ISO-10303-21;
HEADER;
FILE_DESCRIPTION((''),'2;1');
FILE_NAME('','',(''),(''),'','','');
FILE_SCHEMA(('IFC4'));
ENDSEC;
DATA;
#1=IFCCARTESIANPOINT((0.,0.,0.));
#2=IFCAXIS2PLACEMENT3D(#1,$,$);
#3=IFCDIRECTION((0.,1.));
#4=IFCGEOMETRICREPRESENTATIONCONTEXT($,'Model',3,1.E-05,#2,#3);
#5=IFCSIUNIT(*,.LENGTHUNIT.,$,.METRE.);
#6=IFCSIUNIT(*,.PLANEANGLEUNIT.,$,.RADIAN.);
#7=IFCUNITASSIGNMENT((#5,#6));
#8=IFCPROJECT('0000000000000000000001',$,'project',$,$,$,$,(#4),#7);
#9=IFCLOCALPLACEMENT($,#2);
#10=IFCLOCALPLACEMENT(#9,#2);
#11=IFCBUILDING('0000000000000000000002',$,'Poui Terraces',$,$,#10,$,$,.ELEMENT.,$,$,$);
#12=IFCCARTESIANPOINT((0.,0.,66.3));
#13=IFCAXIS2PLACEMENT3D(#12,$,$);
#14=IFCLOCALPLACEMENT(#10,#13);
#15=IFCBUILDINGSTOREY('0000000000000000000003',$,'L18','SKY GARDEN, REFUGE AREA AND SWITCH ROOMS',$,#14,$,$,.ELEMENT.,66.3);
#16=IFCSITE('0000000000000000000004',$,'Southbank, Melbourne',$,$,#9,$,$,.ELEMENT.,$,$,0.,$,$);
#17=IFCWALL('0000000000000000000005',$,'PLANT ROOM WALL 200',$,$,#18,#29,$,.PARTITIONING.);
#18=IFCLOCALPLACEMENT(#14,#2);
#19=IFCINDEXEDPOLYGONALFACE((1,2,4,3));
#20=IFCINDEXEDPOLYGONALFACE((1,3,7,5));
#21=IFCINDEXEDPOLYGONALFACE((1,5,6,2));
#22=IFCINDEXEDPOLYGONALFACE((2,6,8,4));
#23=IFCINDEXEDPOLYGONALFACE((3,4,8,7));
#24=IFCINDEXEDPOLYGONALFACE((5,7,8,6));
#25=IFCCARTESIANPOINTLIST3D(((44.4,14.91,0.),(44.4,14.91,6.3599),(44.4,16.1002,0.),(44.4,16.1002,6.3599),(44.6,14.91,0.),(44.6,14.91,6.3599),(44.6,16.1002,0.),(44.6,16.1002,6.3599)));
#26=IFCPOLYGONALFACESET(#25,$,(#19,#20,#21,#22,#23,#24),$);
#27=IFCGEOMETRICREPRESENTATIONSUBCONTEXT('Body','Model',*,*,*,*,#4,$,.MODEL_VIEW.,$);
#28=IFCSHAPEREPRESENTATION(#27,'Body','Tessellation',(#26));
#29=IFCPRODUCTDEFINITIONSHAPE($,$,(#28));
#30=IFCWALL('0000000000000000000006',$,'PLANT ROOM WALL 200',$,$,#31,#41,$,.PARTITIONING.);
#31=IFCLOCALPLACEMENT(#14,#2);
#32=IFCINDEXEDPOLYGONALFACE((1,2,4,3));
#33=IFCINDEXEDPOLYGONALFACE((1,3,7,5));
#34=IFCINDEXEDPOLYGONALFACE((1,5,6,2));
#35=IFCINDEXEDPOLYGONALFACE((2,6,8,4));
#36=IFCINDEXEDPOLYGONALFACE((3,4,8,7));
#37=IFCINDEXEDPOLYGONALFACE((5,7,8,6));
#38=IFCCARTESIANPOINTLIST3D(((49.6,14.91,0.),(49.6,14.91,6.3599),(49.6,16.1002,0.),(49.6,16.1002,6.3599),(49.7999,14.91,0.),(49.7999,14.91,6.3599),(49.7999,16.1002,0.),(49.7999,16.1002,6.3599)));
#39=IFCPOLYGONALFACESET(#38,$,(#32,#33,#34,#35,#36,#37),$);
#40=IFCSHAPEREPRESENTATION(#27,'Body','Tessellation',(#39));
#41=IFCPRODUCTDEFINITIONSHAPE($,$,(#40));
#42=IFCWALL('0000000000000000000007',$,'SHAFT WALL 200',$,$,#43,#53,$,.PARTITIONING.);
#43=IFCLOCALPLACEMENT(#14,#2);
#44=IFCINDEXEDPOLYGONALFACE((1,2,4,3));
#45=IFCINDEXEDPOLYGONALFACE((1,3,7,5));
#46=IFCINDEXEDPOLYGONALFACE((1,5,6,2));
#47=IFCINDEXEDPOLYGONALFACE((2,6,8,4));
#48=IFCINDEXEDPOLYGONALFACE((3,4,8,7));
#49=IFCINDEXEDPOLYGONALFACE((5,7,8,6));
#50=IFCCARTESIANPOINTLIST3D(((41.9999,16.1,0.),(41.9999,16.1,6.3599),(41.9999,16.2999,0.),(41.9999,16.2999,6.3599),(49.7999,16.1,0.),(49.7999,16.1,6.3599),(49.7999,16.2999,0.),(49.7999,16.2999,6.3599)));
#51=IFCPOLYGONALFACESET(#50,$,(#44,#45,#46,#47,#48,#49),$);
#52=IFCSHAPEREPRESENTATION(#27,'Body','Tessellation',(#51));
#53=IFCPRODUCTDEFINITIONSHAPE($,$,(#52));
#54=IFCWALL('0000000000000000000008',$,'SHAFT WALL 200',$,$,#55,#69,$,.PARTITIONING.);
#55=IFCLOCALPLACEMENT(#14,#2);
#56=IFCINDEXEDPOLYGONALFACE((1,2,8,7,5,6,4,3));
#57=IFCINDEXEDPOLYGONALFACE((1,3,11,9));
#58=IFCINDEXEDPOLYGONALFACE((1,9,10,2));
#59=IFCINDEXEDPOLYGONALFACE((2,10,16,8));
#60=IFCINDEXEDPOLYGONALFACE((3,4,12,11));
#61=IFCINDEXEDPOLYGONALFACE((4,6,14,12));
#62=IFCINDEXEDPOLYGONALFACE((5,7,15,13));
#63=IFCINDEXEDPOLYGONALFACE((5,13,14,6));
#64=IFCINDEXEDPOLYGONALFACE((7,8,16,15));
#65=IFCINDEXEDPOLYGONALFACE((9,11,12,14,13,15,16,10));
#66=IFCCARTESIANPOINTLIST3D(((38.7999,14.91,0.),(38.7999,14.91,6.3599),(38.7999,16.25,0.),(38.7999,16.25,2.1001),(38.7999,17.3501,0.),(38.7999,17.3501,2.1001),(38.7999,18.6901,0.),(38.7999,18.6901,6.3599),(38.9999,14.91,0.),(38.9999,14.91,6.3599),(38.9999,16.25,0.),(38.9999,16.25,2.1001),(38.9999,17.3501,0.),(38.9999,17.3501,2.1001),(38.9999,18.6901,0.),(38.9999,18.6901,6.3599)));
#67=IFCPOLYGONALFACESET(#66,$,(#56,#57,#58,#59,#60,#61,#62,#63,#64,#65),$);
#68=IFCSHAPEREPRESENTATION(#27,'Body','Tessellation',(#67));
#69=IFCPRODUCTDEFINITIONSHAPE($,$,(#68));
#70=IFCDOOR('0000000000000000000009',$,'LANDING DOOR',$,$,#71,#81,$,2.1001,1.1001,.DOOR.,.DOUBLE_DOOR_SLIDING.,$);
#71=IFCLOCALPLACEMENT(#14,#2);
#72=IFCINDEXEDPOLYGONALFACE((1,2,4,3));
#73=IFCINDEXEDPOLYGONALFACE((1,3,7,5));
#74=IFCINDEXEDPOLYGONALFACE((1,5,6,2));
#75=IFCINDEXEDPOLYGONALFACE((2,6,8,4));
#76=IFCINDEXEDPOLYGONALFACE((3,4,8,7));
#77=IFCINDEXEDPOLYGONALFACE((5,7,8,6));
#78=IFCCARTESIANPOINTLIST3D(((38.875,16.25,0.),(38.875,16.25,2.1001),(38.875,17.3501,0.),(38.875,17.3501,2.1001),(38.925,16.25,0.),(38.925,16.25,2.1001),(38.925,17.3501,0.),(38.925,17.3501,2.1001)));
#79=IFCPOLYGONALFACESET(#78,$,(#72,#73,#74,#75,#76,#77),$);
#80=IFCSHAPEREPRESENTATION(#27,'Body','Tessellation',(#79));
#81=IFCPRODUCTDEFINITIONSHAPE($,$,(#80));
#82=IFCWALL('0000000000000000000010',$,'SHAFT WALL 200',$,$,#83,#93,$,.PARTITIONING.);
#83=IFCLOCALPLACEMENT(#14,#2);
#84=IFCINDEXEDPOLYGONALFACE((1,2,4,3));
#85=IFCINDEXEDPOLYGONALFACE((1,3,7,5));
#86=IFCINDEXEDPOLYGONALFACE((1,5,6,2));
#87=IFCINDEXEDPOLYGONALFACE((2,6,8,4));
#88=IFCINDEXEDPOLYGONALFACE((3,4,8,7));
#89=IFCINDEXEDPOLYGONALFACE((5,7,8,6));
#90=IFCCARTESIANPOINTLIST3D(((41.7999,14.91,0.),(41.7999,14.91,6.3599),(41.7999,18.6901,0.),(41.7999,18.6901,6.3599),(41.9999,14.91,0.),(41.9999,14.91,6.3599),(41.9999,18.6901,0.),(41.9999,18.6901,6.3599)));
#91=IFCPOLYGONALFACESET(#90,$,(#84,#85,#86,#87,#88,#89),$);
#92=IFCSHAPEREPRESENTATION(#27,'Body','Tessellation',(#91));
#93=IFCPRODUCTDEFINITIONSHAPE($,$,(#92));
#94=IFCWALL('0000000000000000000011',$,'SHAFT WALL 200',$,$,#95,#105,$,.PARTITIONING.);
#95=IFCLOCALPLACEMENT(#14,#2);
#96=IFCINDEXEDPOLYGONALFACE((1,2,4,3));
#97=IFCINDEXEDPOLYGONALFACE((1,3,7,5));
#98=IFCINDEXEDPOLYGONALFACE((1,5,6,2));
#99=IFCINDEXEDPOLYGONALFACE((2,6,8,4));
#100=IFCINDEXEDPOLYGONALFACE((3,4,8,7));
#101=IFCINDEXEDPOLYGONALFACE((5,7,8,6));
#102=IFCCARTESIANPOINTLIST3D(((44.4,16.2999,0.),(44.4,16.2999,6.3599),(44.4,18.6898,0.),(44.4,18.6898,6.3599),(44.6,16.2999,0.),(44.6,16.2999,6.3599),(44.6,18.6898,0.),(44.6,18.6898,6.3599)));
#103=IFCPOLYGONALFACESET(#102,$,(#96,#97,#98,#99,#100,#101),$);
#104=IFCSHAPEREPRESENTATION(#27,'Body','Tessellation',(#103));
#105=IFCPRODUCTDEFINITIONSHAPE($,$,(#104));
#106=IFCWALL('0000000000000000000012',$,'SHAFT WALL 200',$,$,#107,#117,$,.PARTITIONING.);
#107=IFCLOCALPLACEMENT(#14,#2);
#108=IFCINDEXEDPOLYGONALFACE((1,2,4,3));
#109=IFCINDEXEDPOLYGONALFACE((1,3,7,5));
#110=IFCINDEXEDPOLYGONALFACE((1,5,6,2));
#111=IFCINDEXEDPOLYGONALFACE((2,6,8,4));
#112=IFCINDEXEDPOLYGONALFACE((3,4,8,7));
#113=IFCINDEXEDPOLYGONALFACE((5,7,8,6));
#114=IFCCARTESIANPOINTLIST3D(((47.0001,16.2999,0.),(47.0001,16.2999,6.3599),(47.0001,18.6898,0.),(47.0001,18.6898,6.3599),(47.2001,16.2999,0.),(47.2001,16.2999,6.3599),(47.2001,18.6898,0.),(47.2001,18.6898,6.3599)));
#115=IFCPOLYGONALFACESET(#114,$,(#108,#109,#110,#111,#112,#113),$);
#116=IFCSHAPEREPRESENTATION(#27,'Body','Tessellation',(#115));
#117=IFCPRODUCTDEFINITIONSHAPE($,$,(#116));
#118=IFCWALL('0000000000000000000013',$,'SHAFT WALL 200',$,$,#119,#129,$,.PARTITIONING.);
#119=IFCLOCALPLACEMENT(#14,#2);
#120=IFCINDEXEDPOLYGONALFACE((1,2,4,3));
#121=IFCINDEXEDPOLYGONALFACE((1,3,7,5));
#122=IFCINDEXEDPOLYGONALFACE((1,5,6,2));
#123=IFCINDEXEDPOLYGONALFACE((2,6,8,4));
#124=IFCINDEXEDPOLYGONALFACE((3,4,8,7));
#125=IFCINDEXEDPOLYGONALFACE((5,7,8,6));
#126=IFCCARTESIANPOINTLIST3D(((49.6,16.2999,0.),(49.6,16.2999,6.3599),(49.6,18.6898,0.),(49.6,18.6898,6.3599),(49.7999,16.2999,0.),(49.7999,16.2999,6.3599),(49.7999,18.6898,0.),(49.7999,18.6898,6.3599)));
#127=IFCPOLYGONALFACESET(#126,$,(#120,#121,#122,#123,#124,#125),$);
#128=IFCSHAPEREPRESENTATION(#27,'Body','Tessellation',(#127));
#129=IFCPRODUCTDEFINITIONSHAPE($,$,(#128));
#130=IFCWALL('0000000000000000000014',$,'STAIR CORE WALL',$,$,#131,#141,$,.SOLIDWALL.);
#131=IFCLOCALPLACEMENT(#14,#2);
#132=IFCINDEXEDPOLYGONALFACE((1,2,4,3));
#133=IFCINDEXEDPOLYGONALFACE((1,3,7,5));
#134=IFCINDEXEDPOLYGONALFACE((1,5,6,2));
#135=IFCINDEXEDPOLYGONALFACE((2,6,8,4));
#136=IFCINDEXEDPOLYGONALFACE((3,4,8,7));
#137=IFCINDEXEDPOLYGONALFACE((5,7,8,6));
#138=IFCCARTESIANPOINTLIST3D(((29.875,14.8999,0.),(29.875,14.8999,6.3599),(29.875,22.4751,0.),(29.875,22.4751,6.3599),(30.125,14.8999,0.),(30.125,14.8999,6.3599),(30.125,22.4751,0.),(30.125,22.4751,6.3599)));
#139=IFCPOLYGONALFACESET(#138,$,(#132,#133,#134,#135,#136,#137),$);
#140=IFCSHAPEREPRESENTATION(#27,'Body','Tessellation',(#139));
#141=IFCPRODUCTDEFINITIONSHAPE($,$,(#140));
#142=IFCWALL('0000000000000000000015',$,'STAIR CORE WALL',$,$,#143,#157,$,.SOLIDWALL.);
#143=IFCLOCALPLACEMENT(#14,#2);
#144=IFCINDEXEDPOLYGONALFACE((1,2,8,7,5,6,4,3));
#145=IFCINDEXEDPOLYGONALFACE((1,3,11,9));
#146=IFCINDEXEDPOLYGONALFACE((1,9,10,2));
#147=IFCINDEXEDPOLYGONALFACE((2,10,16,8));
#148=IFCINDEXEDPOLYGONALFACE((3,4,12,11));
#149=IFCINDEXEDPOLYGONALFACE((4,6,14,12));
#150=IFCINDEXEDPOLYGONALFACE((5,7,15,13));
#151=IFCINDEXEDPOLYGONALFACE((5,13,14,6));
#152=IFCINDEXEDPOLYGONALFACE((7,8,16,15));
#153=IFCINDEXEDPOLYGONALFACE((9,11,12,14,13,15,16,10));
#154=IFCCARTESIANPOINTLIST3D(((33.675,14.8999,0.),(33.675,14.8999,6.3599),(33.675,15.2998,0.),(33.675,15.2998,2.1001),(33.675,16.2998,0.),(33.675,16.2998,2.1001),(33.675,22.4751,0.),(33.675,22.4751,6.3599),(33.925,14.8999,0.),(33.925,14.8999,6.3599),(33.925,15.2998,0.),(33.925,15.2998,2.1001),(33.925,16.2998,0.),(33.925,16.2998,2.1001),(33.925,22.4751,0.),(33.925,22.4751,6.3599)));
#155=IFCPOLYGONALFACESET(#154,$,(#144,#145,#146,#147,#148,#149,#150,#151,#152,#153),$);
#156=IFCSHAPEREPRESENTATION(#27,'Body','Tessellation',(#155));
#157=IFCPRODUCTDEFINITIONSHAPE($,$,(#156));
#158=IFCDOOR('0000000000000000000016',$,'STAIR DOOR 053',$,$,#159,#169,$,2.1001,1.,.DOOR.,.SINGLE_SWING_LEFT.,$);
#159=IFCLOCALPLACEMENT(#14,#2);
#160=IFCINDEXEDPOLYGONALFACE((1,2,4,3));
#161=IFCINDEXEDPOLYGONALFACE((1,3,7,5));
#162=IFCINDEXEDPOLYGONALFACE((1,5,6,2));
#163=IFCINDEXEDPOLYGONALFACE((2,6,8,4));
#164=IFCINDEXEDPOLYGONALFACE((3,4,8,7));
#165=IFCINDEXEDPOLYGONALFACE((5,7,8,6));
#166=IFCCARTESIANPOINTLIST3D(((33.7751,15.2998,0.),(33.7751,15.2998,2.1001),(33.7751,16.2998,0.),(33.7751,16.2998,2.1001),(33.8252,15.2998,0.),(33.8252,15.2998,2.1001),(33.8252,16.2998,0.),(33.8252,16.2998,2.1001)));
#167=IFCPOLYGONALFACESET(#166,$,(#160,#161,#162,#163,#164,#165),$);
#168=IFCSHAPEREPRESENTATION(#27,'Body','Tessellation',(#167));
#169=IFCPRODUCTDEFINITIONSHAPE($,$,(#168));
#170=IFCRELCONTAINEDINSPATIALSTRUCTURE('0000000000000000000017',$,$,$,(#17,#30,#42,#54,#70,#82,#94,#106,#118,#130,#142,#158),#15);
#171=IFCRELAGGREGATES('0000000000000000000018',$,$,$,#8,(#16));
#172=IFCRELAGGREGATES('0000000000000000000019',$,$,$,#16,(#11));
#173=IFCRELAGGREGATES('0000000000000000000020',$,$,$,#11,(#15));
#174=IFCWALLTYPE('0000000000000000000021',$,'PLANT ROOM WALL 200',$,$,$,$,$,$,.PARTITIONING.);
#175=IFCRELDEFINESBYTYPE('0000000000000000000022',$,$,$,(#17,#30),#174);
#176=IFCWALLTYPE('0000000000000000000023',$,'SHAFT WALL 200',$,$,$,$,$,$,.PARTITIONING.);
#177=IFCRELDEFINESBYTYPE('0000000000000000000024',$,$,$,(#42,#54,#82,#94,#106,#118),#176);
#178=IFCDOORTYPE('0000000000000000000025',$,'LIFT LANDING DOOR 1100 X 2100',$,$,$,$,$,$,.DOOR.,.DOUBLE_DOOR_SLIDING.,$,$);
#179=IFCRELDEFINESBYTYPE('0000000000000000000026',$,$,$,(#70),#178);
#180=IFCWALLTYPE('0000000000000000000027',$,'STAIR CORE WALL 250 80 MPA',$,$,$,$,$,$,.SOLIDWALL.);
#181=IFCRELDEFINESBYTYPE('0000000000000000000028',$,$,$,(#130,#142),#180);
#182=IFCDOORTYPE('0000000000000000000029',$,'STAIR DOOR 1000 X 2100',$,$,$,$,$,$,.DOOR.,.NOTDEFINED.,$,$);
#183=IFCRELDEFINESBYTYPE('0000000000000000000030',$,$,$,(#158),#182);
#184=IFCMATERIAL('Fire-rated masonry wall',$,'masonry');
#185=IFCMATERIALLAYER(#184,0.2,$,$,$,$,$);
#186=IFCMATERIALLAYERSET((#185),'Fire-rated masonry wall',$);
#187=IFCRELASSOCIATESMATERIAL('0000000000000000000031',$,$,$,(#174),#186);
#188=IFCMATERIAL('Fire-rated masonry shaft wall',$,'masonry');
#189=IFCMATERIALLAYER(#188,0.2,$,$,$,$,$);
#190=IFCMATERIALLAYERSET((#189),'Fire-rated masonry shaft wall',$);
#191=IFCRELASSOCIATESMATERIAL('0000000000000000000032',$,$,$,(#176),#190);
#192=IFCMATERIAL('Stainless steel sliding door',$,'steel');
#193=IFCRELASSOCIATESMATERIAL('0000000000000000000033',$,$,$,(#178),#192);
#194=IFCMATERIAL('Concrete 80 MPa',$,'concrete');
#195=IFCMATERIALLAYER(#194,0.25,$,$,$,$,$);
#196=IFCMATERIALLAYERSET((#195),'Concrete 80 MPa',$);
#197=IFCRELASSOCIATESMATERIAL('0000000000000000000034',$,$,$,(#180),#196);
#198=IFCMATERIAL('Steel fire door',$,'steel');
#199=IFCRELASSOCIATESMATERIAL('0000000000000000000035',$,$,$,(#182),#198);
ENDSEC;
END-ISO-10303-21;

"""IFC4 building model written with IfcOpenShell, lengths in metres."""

from ifc_helpers import new_model, si_unit, direction, frame, frame_2d, origin, place, context, subcontext, project, spatial, rectangle, extrude, material, layer, layer_set, type_object, element, fill, save


model = new_model("IFC4")

# Units and contexts
model_context = context("Model", 3, precision=1e-05, world=origin(), true_north=direction((0.0, 1.0)))
body_context = subcontext(model_context, "Body", "Model", "MODEL_VIEW")
ifc_project = project(units=[si_unit("LENGTHUNIT", "METRE"), si_unit("PLANEANGLEUNIT", "RADIAN")], contexts=[model_context])

# Site, building, storey
site_placement = place(None, origin())
site = spatial("IfcSite", under=ifc_project, at=site_placement, Name="Southbank, Melbourne", CompositionType="ELEMENT", RefElevation=0.0)
building_placement = place(site_placement, origin())
building = spatial("IfcBuilding", under=site, at=building_placement, Name="Poui Terraces", CompositionType="ELEMENT")
storey_placement = place(building_placement, frame((0.0, 0.0, 66.3)))
storey = spatial("IfcBuildingStorey", under=building, at=storey_placement, Name="L18", Description="SKY GARDEN, REFUGE AREA AND SWITCH ROOMS", CompositionType="ELEMENT", Elevation=66.3)

# Shared definitions
ifc_material_1 = material(Name="Concrete 80 MPa", Category="concrete")
ifc_material_2 = material(Name="Steel fire door", Category="steel")

# Walls
ifc_material_3 = material(Name="Fire-rated masonry wall", Category="masonry")
ifc_layer_1 = layer(ifc_material_3, 0.2)
ifc_layer_set_1 = layer_set([ifc_layer_1], Name="Fire-rated masonry wall")
wall_type_1 = type_object("IfcWallType", Name="PLANT ROOM WALL 200", PredefinedType="PARTITIONING", material=ifc_layer_set_1)
for number, where, z_axis, x_axis, name in (
    (1, (44.5, 14.9099, 0.0), (0.0, 0.0, 1.0), (0.0, 1.0, 0.0), "PLANT ROOM WALL 200"),
    (2, (49.7, 14.9099, 0.0), (0.0, 0.0, 1.0), (0.0, 1.0, 0.0), "PLANT ROOM WALL 200"),
):
    element("IfcWall", number, at=place(storey_placement, frame(where, z_axis=z_axis, x_axis=x_axis)), inside=storey, type_object=wall_type_1, Name=name, PredefinedType="PARTITIONING", context=body_context, shape_type="SweptSolid", body=[
        extrude(rectangle(XDim=1.1902, YDim=0.2, at=frame_2d((0.5952, 0.0))), origin(), (0.0, 0.0, 1.0), 6.3599),
    ])
ifc_material_4 = material(Name="Fire-rated masonry shaft wall", Category="masonry")
ifc_layer_2 = layer(ifc_material_4, 0.2)
ifc_layer_set_2 = layer_set([ifc_layer_2], Name="Fire-rated masonry shaft wall")
wall_type_2 = type_object("IfcWallType", Name="SHAFT WALL 200", PredefinedType="PARTITIONING", material=ifc_layer_set_2)
wall_1_placement = place(storey_placement, frame((42.0, 16.2, 0.0), z_axis=(0.0, 0.0, 1.0), x_axis=(1.0, 0.0, 0.0)))
element("IfcWall", 3, at=wall_1_placement, inside=storey, type_object=wall_type_2, Name="SHAFT WALL 200", PredefinedType="PARTITIONING", context=body_context, shape_type="SweptSolid", body=[
    extrude(rectangle(XDim=7.8, YDim=0.2, at=frame_2d((3.8999, 0.0))), origin(), (0.0, 0.0, 1.0), 6.3599),
])

# Wall, opening, door
wall_2_placement = place(storey_placement, frame((38.8999, 14.9099, 0.0), z_axis=(0.0, 0.0, 1.0), x_axis=(0.0, 1.0, 0.0)))
wall_2 = element("IfcWall", 4, at=wall_2_placement, inside=storey, type_object=wall_type_2, Name="SHAFT WALL 200", PredefinedType="PARTITIONING", context=body_context, shape_type="SweptSolid", body=[
    extrude(rectangle(XDim=3.78, YDim=0.2, at=frame_2d((1.8901, 0.0))), origin(), (0.0, 0.0, 1.0), 6.3599),
])
opening_1_placement = place(wall_2_placement, frame((1.3401, 0.0, 0.0)))
opening_1 = element("IfcOpeningElement", 5, at=opening_1_placement, cuts=wall_2, PredefinedType="OPENING", context=body_context, shape_type="SweptSolid", body=[
    extrude(rectangle(XDim=1.1001, YDim=2.1001, at=frame_2d((0.55, 1.05))), frame((0.0, 0.1099, 0.0), z_axis=(0.0, -1.0, 0.0), x_axis=(1.0, 0.0, 0.0)), (0.0, 0.0, 1.0), 0.22),
])
ifc_material_5 = material(Name="Stainless steel sliding door", Category="steel")
door_type_1 = type_object("IfcDoorType", Name="LIFT LANDING DOOR 1100 X 2100", OperationType="DOUBLE_DOOR_SLIDING", PredefinedType="DOOR", material=ifc_material_5)
door_1_placement = place(opening_1_placement, origin())
door_1 = element("IfcDoor", 6, at=door_1_placement, inside=storey, type_object=door_type_1, Name="LANDING DOOR", OperationType="DOUBLE_DOOR_SLIDING", OverallHeight=2.1001, OverallWidth=1.1001, PredefinedType="DOOR", context=body_context, shape_type="SweptSolid", body=[
    extrude(rectangle(XDim=1.1001, YDim=2.1001, at=frame_2d((0.55, 1.05))), frame((0.0, 0.0249, 0.0), z_axis=(0.0, -1.0, 0.0), x_axis=(1.0, 0.0, 0.0)), (0.0, 0.0, 1.0), 0.05),
])
fill(opening_1, door_1)

# Walls
wall_3_placement = place(storey_placement, frame((41.8999, 14.9099, 0.0), z_axis=(0.0, 0.0, 1.0), x_axis=(0.0, 1.0, 0.0)))
element("IfcWall", 7, at=wall_3_placement, inside=storey, type_object=wall_type_2, Name="SHAFT WALL 200", PredefinedType="PARTITIONING", context=body_context, shape_type="SweptSolid", body=[
    extrude(rectangle(XDim=3.78, YDim=0.2, at=frame_2d((1.8901, 0.0))), origin(), (0.0, 0.0, 1.0), 6.3599),
])
for number, where, z_axis, x_axis, name in (
    (8, (44.5, 16.3, 0.0), (0.0, 0.0, 1.0), (0.0, 1.0, 0.0), "SHAFT WALL 200"),
    (9, (47.1001, 16.3, 0.0), (0.0, 0.0, 1.0), (0.0, 1.0, 0.0), "SHAFT WALL 200"),
    (10, (49.7, 16.3, 0.0), (0.0, 0.0, 1.0), (0.0, 1.0, 0.0), "SHAFT WALL 200"),
):
    element("IfcWall", number, at=place(storey_placement, frame(where, z_axis=z_axis, x_axis=x_axis)), inside=storey, type_object=wall_type_2, Name=name, PredefinedType="PARTITIONING", context=body_context, shape_type="SweptSolid", body=[
        extrude(rectangle(XDim=2.3899, YDim=0.2, at=frame_2d((1.1948, 0.0))), origin(), (0.0, 0.0, 1.0), 6.3599),
    ])
ifc_layer_3 = layer(ifc_material_1, 0.25)
ifc_layer_set_3 = layer_set([ifc_layer_3], Name="Concrete 80 MPa")
wall_type_3 = type_object("IfcWallType", Name="STAIR CORE WALL 250 80 MPA", PredefinedType="SOLIDWALL", material=ifc_layer_set_3)
wall_4_placement = place(storey_placement, frame((30.0, 14.8999, 0.0), z_axis=(0.0, 0.0, 1.0), x_axis=(0.0, 1.0, 0.0)))
element("IfcWall", 11, at=wall_4_placement, inside=storey, type_object=wall_type_3, Name="STAIR CORE WALL", PredefinedType="SOLIDWALL", context=body_context, shape_type="SweptSolid", body=[
    extrude(rectangle(XDim=7.5752, YDim=0.25, at=frame_2d((3.7876, 0.0))), origin(), (0.0, 0.0, 1.0), 6.3599),
])

# Wall, opening, door
wall_5_placement = place(storey_placement, frame((33.8, 14.8999, 0.0), z_axis=(0.0, 0.0, 1.0), x_axis=(0.0, 1.0, 0.0)))
wall_5 = element("IfcWall", 12, at=wall_5_placement, inside=storey, type_object=wall_type_3, Name="STAIR CORE WALL", PredefinedType="SOLIDWALL", context=body_context, shape_type="SweptSolid", body=[
    extrude(rectangle(XDim=7.5752, YDim=0.25, at=frame_2d((3.7876, 0.0))), origin(), (0.0, 0.0, 1.0), 6.3599),
])
opening_2_placement = place(wall_5_placement, frame((0.3999, 0.0, 0.0)))
opening_2 = element("IfcOpeningElement", 13, at=opening_2_placement, cuts=wall_5, PredefinedType="OPENING", context=body_context, shape_type="SweptSolid", body=[
    extrude(rectangle(XDim=1.0, YDim=2.1001, at=frame_2d((0.5, 1.05))), frame((0.0, 0.135, 0.0), z_axis=(0.0, -1.0, 0.0), x_axis=(1.0, 0.0, 0.0)), (0.0, 0.0, 1.0), 0.27),
])
door_type_2 = type_object("IfcDoorType", Name="STAIR DOOR 1000 X 2100", OperationType="NOTDEFINED", PredefinedType="DOOR", material=ifc_material_2)
door_2_placement = place(opening_2_placement, origin())
door_2 = element("IfcDoor", 14, at=door_2_placement, inside=storey, type_object=door_type_2, Name="STAIR DOOR 053", OperationType="SINGLE_SWING_LEFT", OverallHeight=2.1001, OverallWidth=1.0, PredefinedType="DOOR", context=body_context, shape_type="SweptSolid", body=[
    extrude(rectangle(XDim=1.0, YDim=2.1001, at=frame_2d((0.5, 1.05))), frame((0.0, 0.0249, 0.0), z_axis=(0.0, -1.0, 0.0), x_axis=(1.0, 0.0, 0.0)), (0.0, 0.0, 1.0), 0.05),
])
fill(opening_2, door_2)

save(model, "model.ifc")
